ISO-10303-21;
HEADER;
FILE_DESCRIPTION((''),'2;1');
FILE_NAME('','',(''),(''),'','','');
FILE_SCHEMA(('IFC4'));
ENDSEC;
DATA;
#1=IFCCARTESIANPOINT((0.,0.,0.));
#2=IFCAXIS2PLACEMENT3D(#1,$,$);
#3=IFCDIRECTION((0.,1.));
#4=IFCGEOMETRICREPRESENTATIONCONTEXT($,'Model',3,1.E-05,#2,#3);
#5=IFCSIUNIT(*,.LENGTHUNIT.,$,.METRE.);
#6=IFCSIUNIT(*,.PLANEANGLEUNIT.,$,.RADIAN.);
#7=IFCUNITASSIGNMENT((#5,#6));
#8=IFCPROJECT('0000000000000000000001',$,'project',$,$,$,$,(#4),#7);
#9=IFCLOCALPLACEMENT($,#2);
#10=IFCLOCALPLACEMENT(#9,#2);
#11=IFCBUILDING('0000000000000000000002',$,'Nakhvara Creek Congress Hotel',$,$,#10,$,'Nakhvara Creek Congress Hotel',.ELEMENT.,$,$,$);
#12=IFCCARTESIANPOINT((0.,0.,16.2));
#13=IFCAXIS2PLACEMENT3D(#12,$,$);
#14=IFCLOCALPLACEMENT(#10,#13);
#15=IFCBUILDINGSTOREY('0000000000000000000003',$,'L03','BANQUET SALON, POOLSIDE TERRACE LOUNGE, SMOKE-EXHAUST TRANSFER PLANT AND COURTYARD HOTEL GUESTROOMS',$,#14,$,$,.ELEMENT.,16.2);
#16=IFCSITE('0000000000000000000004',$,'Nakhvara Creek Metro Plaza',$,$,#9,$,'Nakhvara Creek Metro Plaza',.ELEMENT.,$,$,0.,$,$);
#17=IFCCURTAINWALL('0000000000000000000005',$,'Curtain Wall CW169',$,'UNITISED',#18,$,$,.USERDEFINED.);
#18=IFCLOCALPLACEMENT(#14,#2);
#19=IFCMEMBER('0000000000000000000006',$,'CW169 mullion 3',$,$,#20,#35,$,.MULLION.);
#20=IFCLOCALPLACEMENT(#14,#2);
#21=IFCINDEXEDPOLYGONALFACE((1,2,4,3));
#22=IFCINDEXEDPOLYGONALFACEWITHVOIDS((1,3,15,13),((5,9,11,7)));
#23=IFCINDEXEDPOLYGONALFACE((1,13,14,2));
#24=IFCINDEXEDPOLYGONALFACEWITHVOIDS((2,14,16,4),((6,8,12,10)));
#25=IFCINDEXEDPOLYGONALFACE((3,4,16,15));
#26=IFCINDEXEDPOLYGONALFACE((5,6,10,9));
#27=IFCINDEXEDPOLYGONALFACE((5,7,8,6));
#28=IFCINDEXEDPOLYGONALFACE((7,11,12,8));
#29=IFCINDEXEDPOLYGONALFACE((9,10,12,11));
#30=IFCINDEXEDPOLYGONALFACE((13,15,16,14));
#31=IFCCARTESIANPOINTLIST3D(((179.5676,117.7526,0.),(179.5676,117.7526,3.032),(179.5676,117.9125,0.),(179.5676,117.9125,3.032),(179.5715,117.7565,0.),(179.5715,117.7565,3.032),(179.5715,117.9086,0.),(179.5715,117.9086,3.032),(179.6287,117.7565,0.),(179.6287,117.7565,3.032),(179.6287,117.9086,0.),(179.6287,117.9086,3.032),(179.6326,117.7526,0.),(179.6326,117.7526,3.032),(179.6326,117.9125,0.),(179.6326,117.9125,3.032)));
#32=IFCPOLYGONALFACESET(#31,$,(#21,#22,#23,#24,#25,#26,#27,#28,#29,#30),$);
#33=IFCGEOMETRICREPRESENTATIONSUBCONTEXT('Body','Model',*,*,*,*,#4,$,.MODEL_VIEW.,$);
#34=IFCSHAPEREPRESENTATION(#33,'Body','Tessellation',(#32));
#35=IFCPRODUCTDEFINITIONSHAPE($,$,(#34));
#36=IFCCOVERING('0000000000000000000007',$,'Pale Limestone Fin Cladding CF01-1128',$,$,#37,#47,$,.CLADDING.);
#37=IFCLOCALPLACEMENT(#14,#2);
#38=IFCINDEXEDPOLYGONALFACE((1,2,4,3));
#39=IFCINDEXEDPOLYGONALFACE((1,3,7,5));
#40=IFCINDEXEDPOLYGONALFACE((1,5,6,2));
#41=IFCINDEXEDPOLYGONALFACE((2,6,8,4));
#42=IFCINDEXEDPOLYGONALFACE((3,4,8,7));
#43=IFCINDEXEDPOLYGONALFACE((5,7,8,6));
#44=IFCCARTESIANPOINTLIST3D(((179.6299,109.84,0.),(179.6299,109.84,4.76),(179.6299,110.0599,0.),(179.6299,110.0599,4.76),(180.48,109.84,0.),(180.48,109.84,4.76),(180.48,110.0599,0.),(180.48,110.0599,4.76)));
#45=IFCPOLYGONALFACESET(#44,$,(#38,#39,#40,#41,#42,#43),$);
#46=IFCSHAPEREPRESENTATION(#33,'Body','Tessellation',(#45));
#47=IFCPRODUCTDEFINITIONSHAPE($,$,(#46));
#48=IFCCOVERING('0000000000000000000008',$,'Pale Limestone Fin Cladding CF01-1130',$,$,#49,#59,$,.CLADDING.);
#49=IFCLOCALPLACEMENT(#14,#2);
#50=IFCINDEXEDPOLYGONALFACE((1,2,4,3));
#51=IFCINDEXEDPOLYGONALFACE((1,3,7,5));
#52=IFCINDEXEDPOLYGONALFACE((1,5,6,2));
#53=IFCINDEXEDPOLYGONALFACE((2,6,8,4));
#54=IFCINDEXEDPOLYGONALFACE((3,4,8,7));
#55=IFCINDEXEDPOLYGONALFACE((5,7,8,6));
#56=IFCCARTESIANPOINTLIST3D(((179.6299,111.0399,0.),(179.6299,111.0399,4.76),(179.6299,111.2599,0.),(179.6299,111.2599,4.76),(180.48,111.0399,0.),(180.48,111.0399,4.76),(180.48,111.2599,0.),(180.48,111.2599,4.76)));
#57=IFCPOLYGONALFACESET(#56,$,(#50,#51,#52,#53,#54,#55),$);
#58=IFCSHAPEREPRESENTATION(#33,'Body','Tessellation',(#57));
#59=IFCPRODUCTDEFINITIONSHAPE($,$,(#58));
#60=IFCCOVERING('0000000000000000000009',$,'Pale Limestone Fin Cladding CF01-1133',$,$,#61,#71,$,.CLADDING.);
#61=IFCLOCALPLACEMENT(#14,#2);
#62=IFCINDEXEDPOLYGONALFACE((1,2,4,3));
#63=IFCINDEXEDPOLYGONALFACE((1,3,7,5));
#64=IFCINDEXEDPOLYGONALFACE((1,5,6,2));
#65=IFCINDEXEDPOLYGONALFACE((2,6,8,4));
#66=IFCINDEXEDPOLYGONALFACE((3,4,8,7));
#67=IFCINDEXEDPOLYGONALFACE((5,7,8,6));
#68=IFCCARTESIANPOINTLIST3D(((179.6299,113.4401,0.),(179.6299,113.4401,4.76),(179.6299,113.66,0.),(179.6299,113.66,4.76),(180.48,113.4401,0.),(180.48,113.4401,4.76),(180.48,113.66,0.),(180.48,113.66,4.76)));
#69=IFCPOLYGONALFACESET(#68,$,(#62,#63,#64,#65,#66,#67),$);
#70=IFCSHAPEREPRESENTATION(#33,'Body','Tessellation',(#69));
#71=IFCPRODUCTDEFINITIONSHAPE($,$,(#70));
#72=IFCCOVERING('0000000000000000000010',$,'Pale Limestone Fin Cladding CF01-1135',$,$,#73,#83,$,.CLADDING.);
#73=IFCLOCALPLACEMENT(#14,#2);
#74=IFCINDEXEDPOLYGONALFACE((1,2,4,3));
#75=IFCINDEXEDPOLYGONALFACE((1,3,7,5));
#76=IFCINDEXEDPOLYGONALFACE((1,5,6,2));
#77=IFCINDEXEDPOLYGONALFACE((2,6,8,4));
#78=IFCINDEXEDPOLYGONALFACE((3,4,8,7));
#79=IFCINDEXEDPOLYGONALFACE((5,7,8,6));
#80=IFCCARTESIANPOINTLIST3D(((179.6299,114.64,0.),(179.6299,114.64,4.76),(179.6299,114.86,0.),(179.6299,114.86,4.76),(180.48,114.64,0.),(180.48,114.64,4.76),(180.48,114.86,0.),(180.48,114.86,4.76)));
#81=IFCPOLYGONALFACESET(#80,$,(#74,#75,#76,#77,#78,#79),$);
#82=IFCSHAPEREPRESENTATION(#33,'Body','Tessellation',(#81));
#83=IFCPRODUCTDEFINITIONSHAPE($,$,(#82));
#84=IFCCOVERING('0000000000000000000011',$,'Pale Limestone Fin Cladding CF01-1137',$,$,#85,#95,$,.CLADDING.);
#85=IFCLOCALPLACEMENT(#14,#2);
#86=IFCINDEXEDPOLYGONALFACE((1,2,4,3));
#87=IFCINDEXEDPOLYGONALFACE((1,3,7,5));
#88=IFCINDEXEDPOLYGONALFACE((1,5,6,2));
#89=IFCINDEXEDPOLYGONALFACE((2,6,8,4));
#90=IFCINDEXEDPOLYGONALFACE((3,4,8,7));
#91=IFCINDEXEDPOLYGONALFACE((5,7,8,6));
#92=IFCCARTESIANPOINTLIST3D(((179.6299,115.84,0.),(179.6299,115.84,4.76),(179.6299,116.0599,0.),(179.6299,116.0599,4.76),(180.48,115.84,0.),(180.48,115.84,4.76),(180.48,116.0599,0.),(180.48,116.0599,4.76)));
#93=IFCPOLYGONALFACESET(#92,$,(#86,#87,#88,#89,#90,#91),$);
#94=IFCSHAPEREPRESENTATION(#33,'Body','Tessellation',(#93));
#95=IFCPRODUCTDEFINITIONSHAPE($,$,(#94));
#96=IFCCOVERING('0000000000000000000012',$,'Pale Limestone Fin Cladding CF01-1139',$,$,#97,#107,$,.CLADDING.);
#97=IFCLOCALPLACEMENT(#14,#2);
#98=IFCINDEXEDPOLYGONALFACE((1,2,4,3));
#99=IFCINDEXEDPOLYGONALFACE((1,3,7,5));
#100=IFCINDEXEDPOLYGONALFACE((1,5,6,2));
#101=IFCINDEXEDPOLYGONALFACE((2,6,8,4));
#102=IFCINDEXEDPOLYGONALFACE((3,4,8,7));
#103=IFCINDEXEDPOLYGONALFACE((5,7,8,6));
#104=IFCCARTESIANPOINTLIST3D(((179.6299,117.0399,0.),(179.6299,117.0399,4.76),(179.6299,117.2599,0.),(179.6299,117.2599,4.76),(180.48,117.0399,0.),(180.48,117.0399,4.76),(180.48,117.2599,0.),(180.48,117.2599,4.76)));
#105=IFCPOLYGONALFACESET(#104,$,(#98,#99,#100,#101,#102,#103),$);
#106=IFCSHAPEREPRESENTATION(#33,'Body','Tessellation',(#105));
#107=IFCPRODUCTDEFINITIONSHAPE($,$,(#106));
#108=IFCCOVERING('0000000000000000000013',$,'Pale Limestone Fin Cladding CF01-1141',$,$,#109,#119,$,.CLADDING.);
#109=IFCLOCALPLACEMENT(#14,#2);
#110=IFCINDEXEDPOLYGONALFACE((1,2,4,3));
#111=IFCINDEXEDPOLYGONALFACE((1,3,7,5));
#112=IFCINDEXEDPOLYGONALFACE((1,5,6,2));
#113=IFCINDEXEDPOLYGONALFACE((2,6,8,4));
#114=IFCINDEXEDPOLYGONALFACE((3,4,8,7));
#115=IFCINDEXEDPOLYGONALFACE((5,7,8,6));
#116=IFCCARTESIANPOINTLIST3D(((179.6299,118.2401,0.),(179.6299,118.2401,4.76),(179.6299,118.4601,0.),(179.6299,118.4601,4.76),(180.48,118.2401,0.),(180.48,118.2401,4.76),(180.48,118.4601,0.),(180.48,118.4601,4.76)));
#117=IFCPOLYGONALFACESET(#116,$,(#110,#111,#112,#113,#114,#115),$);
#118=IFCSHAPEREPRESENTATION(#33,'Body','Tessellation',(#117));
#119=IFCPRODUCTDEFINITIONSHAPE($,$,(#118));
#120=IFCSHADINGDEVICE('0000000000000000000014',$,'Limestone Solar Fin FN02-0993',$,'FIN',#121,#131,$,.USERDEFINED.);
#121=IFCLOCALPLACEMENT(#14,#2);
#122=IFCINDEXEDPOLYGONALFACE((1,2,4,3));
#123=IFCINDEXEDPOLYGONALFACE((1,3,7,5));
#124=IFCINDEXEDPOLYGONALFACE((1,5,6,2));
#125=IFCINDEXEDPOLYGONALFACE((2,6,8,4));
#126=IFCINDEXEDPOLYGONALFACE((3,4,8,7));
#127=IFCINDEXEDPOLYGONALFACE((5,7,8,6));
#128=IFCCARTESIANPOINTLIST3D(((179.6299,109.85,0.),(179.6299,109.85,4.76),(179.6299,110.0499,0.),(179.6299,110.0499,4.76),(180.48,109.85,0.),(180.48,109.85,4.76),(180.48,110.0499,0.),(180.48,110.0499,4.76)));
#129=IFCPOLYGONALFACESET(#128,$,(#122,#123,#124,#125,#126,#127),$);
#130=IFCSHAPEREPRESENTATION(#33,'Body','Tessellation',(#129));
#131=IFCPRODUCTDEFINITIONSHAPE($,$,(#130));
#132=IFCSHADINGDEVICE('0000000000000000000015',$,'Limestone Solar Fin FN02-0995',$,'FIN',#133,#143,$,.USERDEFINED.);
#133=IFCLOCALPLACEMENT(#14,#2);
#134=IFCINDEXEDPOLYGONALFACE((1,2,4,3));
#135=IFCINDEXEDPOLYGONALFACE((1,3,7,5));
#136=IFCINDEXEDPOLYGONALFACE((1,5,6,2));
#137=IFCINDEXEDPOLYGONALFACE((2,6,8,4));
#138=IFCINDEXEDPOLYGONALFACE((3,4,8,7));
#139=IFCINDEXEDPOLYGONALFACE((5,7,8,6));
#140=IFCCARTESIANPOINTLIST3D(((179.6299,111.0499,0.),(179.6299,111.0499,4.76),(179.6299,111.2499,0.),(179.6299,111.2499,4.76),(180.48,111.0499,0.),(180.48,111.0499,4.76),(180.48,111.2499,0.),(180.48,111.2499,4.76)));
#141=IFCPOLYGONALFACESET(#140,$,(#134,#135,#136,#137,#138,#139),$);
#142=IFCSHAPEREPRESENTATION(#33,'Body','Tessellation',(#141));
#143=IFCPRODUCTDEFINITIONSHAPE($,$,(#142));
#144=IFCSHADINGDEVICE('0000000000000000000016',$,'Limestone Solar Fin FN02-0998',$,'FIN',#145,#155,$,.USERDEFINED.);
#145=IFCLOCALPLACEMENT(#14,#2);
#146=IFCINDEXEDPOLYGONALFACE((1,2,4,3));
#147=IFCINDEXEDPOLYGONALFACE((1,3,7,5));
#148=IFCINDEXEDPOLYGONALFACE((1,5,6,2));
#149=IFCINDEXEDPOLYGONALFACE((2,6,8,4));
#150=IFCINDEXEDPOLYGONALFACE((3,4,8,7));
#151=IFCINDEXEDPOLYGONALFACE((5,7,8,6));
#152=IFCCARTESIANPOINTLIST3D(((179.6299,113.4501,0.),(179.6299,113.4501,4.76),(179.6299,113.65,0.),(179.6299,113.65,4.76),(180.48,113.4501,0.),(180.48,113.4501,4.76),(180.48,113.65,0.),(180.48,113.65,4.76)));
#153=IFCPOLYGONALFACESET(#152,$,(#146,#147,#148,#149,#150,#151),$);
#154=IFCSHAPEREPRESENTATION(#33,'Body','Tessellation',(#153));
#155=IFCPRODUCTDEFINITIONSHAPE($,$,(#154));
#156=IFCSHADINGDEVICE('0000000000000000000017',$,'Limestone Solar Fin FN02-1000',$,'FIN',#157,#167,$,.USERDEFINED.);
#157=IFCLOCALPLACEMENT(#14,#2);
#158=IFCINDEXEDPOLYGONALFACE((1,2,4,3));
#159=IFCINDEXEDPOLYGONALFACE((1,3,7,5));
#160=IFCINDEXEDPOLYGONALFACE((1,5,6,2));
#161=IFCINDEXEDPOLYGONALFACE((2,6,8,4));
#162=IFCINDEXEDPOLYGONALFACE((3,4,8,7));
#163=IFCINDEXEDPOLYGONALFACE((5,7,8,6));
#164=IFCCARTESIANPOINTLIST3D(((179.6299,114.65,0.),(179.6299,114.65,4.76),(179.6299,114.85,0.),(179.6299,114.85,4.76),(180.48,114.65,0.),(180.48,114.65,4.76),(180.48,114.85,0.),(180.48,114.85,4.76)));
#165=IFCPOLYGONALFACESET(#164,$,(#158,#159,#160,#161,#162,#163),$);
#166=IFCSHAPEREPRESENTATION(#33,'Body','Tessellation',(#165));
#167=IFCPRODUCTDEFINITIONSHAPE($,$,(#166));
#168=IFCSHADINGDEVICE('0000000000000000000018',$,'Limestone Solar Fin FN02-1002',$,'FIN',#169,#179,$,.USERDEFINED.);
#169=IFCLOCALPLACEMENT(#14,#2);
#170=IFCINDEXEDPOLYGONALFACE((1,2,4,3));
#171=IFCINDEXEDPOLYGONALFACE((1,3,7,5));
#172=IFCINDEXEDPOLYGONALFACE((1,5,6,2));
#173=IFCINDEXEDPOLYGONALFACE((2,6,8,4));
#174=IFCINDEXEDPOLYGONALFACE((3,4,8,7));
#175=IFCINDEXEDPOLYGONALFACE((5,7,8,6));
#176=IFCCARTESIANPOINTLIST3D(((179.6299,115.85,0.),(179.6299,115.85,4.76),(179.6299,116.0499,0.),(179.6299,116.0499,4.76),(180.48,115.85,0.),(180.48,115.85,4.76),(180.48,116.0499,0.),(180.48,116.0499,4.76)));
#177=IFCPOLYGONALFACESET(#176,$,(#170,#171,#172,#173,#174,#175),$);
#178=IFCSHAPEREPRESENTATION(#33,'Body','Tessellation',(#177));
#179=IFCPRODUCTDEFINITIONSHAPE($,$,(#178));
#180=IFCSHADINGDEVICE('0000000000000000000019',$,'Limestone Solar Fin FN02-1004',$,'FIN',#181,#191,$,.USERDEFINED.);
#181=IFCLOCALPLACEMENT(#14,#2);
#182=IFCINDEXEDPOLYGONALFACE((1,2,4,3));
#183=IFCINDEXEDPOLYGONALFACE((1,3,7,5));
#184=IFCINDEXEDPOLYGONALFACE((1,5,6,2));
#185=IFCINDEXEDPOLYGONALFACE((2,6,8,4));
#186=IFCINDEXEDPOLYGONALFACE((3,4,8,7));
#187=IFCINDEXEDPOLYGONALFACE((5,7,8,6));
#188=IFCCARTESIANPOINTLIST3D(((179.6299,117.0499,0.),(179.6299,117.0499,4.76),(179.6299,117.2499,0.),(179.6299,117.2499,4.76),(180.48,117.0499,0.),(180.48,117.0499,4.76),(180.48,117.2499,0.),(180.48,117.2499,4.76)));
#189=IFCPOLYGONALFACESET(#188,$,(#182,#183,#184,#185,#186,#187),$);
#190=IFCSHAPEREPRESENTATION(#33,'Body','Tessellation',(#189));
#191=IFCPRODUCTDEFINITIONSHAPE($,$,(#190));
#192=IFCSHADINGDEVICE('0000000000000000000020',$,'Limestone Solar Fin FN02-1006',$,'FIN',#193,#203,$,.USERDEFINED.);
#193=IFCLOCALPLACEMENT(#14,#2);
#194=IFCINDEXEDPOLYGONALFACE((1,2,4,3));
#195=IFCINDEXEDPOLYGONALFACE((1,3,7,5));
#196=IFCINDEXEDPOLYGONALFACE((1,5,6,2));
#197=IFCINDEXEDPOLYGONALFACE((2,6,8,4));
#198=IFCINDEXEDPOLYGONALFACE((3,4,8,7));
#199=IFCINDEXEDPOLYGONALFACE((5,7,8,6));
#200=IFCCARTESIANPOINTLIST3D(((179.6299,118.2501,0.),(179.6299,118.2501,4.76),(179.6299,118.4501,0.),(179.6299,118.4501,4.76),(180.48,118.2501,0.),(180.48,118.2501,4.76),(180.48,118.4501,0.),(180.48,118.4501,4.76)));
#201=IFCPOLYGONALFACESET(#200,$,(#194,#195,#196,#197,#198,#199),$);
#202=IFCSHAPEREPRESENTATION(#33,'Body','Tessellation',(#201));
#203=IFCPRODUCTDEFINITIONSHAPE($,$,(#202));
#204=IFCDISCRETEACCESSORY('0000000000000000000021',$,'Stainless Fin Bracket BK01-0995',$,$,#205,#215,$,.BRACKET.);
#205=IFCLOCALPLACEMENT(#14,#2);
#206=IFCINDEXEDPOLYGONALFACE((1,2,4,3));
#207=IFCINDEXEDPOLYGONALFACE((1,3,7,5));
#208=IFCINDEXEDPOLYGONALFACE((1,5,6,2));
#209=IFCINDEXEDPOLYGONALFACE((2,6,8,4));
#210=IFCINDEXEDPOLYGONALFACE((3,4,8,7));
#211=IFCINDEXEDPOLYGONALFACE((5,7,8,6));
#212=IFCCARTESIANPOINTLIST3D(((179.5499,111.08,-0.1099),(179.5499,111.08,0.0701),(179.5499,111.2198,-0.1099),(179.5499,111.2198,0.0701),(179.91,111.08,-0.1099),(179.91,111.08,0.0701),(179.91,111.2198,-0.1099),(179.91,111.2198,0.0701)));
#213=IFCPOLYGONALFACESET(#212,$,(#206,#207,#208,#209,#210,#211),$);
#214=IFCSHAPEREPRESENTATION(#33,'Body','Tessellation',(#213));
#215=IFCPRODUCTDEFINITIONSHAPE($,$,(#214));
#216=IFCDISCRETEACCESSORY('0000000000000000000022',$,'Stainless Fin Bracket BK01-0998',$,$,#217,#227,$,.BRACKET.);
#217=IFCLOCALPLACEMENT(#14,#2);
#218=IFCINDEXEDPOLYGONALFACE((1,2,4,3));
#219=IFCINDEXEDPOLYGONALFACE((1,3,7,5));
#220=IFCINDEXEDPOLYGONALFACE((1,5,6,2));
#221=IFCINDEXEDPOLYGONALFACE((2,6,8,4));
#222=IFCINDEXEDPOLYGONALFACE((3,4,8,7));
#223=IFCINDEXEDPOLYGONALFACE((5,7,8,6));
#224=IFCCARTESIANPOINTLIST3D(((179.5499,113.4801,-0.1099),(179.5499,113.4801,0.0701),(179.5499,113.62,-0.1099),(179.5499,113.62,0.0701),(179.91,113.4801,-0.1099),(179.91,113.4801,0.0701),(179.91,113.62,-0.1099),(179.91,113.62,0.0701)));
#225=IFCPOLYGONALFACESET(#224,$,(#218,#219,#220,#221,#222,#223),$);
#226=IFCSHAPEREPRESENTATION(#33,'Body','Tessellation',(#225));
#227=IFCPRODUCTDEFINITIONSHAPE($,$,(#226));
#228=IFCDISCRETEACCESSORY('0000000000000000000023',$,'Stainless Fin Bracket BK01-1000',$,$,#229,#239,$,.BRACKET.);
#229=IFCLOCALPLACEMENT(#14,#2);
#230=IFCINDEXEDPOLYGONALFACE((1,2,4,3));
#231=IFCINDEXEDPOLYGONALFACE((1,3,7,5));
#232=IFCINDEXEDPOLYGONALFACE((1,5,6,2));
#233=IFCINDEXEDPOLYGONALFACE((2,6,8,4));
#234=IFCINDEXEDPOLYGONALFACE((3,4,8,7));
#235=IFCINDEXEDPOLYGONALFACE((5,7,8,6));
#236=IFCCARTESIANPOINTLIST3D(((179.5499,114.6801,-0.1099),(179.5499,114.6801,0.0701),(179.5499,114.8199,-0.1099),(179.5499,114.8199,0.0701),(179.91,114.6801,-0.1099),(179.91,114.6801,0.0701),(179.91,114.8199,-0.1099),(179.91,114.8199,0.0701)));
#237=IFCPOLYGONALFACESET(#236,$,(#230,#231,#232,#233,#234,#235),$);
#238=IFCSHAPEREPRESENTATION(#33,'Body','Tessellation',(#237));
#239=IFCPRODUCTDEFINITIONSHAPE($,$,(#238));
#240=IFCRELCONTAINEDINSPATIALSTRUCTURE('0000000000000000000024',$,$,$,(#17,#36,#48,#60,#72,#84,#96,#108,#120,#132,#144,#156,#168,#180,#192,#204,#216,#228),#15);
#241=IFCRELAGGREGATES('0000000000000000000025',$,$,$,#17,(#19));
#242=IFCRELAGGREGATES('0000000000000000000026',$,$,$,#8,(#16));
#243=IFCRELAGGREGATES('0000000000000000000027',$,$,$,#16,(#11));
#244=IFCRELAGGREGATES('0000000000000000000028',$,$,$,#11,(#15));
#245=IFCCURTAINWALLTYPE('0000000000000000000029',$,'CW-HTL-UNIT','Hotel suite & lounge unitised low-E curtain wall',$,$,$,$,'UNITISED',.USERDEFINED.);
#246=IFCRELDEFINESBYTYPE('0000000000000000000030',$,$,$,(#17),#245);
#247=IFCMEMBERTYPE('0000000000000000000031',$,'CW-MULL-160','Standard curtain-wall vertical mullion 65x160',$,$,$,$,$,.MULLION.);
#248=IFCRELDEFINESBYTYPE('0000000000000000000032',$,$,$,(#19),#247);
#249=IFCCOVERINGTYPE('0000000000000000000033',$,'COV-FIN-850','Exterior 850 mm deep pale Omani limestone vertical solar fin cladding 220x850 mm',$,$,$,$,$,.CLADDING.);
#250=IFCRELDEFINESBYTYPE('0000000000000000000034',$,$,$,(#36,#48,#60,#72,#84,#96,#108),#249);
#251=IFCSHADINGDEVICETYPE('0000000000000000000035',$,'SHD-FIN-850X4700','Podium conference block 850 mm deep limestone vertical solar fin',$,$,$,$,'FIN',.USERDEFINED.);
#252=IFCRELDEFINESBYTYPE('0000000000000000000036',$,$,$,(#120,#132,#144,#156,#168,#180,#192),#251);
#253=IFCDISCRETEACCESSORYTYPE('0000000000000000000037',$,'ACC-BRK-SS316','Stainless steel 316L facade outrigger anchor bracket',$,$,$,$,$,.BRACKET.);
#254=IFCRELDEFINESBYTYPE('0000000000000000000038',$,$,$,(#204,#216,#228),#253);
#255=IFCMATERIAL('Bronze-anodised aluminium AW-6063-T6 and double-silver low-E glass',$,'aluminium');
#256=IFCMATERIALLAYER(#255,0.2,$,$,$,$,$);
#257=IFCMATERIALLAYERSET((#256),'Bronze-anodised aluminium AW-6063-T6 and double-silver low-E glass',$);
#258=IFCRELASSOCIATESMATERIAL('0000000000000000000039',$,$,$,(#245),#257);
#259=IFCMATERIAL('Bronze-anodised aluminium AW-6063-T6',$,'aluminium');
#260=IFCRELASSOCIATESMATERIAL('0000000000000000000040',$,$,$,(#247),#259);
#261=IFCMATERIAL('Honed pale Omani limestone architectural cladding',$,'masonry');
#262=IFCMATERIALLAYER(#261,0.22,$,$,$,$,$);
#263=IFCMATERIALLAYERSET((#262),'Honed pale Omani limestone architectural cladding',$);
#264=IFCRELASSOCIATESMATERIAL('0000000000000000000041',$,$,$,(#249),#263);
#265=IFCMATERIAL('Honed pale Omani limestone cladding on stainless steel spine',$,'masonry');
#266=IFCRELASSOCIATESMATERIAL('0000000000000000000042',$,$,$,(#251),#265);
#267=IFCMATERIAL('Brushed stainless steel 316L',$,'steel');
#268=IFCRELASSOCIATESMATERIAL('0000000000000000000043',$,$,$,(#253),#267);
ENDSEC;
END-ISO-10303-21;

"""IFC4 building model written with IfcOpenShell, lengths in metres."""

from ifc_helpers import new_model, si_unit, direction, frame, origin, origin_2d, place, context, subcontext, project, spatial, rectangle, hollow_rectangle, extrude, material, layer, layer_set, material_profile, profile_set, type_object, element, aggregate, save


model = new_model("IFC4")

# Units and contexts
model_context = context("Model", 3, precision=1e-05, world=origin(), true_north=direction((0.0, 1.0)))
body_context = subcontext(model_context, "Body", "Model", "MODEL_VIEW")
ifc_project = project(units=[si_unit("LENGTHUNIT", "METRE"), si_unit("PLANEANGLEUNIT", "RADIAN")], contexts=[model_context])

# Site, building, storey
site_placement = place(None, origin())
site = spatial("IfcSite", under=ifc_project, at=site_placement, Name="Nakhvara Creek Metro Plaza", LongName="Nakhvara Creek Metro Plaza", CompositionType="ELEMENT", RefElevation=0.0)
building_placement = place(site_placement, origin())
building = spatial("IfcBuilding", under=site, at=building_placement, Name="Nakhvara Creek Congress Hotel", LongName="Nakhvara Creek Congress Hotel", CompositionType="ELEMENT")
storey_placement = place(building_placement, frame((0.0, 0.0, 16.2)))
storey = spatial("IfcBuildingStorey", under=building, at=storey_placement, Name="L03", Description="BANQUET SALON, POOLSIDE TERRACE LOUNGE, SMOKE-EXHAUST TRANSFER PLANT AND COURTYARD HOTEL GUESTROOMS", CompositionType="ELEMENT", Elevation=16.2)

# Curtain wall, member
ifc_material_1 = material(Name="Bronze-anodised aluminium AW-6063-T6 and double-silver low-E glass", Category="aluminium")
ifc_layer_1 = layer(ifc_material_1, 0.2)
ifc_layer_set_1 = layer_set([ifc_layer_1], Name="Bronze-anodised aluminium AW-6063-T6 and double-silver low-E glass")
curtain_wall_type = type_object("IfcCurtainWallType", Name="CW-HTL-UNIT", Description="Hotel suite & lounge unitised low-E curtain wall", ElementType="UNITISED", PredefinedType="USERDEFINED", material=ifc_layer_set_1)
curtain_wall_placement = place(storey_placement, origin())
curtain_wall = element("IfcCurtainWall", 1, at=curtain_wall_placement, inside=storey, type_object=curtain_wall_type, Name="Curtain Wall CW169", ObjectType="UNITISED", PredefinedType="USERDEFINED")
ifc_material_2 = material(Name="Bronze-anodised aluminium AW-6063-T6", Category="aluminium")
ifc_material_profile = material_profile(ifc_material_2, hollow_rectangle(XDim=0.0649, YDim=0.1599, WallThickness=0.0039, at=origin_2d()), Name="ALU-MULL 65x160x4", Category="LoadBearing")
ifc_profile_set = profile_set([ifc_material_profile], Name="Bronze-anodised aluminium AW-6063-T6")
member_type = type_object("IfcMemberType", Name="CW-MULL-160", Description="Standard curtain-wall vertical mullion 65x160", PredefinedType="MULLION", material=ifc_profile_set)
member_placement = place(storey_placement, frame((179.6001, 117.8325, 0.0), z_axis=(0.0, 0.0, 1.0), x_axis=(1.0, 0.0, 0.0)))
member = element("IfcMember", 2, at=member_placement, type_object=member_type, Name="CW169 mullion 3", PredefinedType="MULLION", context=body_context, shape_type="SweptSolid", body=[
    extrude(hollow_rectangle(XDim=0.0649, YDim=0.1599, WallThickness=0.0039, at=origin_2d()), origin(), (0.0, 0.0, 1.0), 3.032),
])
aggregate(curtain_wall, [member])

# Coverings
ifc_material_3 = material(Name="Honed pale Omani limestone architectural cladding", Category="masonry")
ifc_layer_2 = layer(ifc_material_3, 0.22)
ifc_layer_set_2 = layer_set([ifc_layer_2], Name="Honed pale Omani limestone architectural cladding")
covering_type = type_object("IfcCoveringType", Name="COV-FIN-850", Description="Exterior 850 mm deep pale Omani limestone vertical solar fin cladding 220x850 mm", PredefinedType="CLADDING", material=ifc_layer_set_2)
for number, where, z_axis, x_axis, name in (
    (3, (180.0549, 109.95, 0.0), (0.0, 0.0, 1.0), (0.0, 1.0, 0.0), "Pale Limestone Fin Cladding CF01-1128"),
    (4, (180.0549, 111.1499, 0.0), (0.0, 0.0, 1.0), (0.0, 1.0, 0.0), "Pale Limestone Fin Cladding CF01-1130"),
    (5, (180.0549, 113.55, 0.0), (0.0, 0.0, 1.0), (0.0, 1.0, 0.0), "Pale Limestone Fin Cladding CF01-1133"),
    (6, (180.0549, 114.75, 0.0), (0.0, 0.0, 1.0), (0.0, 1.0, 0.0), "Pale Limestone Fin Cladding CF01-1135"),
    (7, (180.0549, 115.95, 0.0), (0.0, 0.0, 1.0), (0.0, 1.0, 0.0), "Pale Limestone Fin Cladding CF01-1137"),
    (8, (180.0549, 117.1499, 0.0), (0.0, 0.0, 1.0), (0.0, 1.0, 0.0), "Pale Limestone Fin Cladding CF01-1139"),
    (9, (180.0549, 118.3501, 0.0), (0.0, 0.0, 1.0), (0.0, 1.0, 0.0), "Pale Limestone Fin Cladding CF01-1141"),
):
    element("IfcCovering", number, at=place(storey_placement, frame(where, z_axis=z_axis, x_axis=x_axis)), inside=storey, type_object=covering_type, Name=name, PredefinedType="CLADDING", context=body_context, shape_type="SweptSolid", body=[
        extrude(rectangle(XDim=0.22, YDim=0.8501, at=origin_2d()), origin(), (0.0, 0.0, 1.0), 4.76),
    ])

# Shading devices
ifc_material_4 = material(Name="Honed pale Omani limestone cladding on stainless steel spine", Category="masonry")
shading_device_type = type_object("IfcShadingDeviceType", Name="SHD-FIN-850X4700", Description="Podium conference block 850 mm deep limestone vertical solar fin", ElementType="FIN", PredefinedType="USERDEFINED", material=ifc_material_4)
for number, where, z_axis, x_axis, name in (
    (10, (180.0549, 109.95, 0.0), (0.0, 0.0, 1.0), (0.0, 1.0, 0.0), "Limestone Solar Fin FN02-0993"),
    (11, (180.0549, 111.1499, 0.0), (0.0, 0.0, 1.0), (0.0, 1.0, 0.0), "Limestone Solar Fin FN02-0995"),
    (12, (180.0549, 113.55, 0.0), (0.0, 0.0, 1.0), (0.0, 1.0, 0.0), "Limestone Solar Fin FN02-0998"),
    (13, (180.0549, 114.75, 0.0), (0.0, 0.0, 1.0), (0.0, 1.0, 0.0), "Limestone Solar Fin FN02-1000"),
    (14, (180.0549, 115.95, 0.0), (0.0, 0.0, 1.0), (0.0, 1.0, 0.0), "Limestone Solar Fin FN02-1002"),
    (15, (180.0549, 117.1499, 0.0), (0.0, 0.0, 1.0), (0.0, 1.0, 0.0), "Limestone Solar Fin FN02-1004"),
    (16, (180.0549, 118.3501, 0.0), (0.0, 0.0, 1.0), (0.0, 1.0, 0.0), "Limestone Solar Fin FN02-1006"),
):
    element("IfcShadingDevice", number, at=place(storey_placement, frame(where, z_axis=z_axis, x_axis=x_axis)), inside=storey, type_object=shading_device_type, Name=name, ObjectType="FIN", PredefinedType="USERDEFINED", context=body_context, shape_type="SweptSolid", body=[
        extrude(rectangle(XDim=0.2, YDim=0.8501, at=origin_2d()), origin(), (0.0, 0.0, 1.0), 4.76),
    ])

# Discrete accessories
ifc_material_5 = material(Name="Brushed stainless steel 316L", Category="steel")
discrete_accessory_type = type_object("IfcDiscreteAccessoryType", Name="ACC-BRK-SS316", Description="Stainless steel 316L facade outrigger anchor bracket", PredefinedType="BRACKET", material=ifc_material_5)
for number, where, z_axis, x_axis, name in (
    (17, (179.73, 111.1499, -0.1099), (0.0, 0.0, 1.0), (0.0, 1.0, 0.0), "Stainless Fin Bracket BK01-0995"),
    (18, (179.73, 113.55, -0.1099), (0.0, 0.0, 1.0), (0.0, 1.0, 0.0), "Stainless Fin Bracket BK01-0998"),
    (19, (179.73, 114.75, -0.1099), (0.0, 0.0, 1.0), (0.0, 1.0, 0.0), "Stainless Fin Bracket BK01-1000"),
):
    element("IfcDiscreteAccessory", number, at=place(storey_placement, frame(where, z_axis=z_axis, x_axis=x_axis)), inside=storey, type_object=discrete_accessory_type, Name=name, PredefinedType="BRACKET", context=body_context, shape_type="SweptSolid", body=[
        extrude(rectangle(XDim=0.1399, YDim=0.3601, at=origin_2d()), origin(), (0.0, 0.0, 1.0), 0.1799),
    ])

save(model, "model.ifc")
